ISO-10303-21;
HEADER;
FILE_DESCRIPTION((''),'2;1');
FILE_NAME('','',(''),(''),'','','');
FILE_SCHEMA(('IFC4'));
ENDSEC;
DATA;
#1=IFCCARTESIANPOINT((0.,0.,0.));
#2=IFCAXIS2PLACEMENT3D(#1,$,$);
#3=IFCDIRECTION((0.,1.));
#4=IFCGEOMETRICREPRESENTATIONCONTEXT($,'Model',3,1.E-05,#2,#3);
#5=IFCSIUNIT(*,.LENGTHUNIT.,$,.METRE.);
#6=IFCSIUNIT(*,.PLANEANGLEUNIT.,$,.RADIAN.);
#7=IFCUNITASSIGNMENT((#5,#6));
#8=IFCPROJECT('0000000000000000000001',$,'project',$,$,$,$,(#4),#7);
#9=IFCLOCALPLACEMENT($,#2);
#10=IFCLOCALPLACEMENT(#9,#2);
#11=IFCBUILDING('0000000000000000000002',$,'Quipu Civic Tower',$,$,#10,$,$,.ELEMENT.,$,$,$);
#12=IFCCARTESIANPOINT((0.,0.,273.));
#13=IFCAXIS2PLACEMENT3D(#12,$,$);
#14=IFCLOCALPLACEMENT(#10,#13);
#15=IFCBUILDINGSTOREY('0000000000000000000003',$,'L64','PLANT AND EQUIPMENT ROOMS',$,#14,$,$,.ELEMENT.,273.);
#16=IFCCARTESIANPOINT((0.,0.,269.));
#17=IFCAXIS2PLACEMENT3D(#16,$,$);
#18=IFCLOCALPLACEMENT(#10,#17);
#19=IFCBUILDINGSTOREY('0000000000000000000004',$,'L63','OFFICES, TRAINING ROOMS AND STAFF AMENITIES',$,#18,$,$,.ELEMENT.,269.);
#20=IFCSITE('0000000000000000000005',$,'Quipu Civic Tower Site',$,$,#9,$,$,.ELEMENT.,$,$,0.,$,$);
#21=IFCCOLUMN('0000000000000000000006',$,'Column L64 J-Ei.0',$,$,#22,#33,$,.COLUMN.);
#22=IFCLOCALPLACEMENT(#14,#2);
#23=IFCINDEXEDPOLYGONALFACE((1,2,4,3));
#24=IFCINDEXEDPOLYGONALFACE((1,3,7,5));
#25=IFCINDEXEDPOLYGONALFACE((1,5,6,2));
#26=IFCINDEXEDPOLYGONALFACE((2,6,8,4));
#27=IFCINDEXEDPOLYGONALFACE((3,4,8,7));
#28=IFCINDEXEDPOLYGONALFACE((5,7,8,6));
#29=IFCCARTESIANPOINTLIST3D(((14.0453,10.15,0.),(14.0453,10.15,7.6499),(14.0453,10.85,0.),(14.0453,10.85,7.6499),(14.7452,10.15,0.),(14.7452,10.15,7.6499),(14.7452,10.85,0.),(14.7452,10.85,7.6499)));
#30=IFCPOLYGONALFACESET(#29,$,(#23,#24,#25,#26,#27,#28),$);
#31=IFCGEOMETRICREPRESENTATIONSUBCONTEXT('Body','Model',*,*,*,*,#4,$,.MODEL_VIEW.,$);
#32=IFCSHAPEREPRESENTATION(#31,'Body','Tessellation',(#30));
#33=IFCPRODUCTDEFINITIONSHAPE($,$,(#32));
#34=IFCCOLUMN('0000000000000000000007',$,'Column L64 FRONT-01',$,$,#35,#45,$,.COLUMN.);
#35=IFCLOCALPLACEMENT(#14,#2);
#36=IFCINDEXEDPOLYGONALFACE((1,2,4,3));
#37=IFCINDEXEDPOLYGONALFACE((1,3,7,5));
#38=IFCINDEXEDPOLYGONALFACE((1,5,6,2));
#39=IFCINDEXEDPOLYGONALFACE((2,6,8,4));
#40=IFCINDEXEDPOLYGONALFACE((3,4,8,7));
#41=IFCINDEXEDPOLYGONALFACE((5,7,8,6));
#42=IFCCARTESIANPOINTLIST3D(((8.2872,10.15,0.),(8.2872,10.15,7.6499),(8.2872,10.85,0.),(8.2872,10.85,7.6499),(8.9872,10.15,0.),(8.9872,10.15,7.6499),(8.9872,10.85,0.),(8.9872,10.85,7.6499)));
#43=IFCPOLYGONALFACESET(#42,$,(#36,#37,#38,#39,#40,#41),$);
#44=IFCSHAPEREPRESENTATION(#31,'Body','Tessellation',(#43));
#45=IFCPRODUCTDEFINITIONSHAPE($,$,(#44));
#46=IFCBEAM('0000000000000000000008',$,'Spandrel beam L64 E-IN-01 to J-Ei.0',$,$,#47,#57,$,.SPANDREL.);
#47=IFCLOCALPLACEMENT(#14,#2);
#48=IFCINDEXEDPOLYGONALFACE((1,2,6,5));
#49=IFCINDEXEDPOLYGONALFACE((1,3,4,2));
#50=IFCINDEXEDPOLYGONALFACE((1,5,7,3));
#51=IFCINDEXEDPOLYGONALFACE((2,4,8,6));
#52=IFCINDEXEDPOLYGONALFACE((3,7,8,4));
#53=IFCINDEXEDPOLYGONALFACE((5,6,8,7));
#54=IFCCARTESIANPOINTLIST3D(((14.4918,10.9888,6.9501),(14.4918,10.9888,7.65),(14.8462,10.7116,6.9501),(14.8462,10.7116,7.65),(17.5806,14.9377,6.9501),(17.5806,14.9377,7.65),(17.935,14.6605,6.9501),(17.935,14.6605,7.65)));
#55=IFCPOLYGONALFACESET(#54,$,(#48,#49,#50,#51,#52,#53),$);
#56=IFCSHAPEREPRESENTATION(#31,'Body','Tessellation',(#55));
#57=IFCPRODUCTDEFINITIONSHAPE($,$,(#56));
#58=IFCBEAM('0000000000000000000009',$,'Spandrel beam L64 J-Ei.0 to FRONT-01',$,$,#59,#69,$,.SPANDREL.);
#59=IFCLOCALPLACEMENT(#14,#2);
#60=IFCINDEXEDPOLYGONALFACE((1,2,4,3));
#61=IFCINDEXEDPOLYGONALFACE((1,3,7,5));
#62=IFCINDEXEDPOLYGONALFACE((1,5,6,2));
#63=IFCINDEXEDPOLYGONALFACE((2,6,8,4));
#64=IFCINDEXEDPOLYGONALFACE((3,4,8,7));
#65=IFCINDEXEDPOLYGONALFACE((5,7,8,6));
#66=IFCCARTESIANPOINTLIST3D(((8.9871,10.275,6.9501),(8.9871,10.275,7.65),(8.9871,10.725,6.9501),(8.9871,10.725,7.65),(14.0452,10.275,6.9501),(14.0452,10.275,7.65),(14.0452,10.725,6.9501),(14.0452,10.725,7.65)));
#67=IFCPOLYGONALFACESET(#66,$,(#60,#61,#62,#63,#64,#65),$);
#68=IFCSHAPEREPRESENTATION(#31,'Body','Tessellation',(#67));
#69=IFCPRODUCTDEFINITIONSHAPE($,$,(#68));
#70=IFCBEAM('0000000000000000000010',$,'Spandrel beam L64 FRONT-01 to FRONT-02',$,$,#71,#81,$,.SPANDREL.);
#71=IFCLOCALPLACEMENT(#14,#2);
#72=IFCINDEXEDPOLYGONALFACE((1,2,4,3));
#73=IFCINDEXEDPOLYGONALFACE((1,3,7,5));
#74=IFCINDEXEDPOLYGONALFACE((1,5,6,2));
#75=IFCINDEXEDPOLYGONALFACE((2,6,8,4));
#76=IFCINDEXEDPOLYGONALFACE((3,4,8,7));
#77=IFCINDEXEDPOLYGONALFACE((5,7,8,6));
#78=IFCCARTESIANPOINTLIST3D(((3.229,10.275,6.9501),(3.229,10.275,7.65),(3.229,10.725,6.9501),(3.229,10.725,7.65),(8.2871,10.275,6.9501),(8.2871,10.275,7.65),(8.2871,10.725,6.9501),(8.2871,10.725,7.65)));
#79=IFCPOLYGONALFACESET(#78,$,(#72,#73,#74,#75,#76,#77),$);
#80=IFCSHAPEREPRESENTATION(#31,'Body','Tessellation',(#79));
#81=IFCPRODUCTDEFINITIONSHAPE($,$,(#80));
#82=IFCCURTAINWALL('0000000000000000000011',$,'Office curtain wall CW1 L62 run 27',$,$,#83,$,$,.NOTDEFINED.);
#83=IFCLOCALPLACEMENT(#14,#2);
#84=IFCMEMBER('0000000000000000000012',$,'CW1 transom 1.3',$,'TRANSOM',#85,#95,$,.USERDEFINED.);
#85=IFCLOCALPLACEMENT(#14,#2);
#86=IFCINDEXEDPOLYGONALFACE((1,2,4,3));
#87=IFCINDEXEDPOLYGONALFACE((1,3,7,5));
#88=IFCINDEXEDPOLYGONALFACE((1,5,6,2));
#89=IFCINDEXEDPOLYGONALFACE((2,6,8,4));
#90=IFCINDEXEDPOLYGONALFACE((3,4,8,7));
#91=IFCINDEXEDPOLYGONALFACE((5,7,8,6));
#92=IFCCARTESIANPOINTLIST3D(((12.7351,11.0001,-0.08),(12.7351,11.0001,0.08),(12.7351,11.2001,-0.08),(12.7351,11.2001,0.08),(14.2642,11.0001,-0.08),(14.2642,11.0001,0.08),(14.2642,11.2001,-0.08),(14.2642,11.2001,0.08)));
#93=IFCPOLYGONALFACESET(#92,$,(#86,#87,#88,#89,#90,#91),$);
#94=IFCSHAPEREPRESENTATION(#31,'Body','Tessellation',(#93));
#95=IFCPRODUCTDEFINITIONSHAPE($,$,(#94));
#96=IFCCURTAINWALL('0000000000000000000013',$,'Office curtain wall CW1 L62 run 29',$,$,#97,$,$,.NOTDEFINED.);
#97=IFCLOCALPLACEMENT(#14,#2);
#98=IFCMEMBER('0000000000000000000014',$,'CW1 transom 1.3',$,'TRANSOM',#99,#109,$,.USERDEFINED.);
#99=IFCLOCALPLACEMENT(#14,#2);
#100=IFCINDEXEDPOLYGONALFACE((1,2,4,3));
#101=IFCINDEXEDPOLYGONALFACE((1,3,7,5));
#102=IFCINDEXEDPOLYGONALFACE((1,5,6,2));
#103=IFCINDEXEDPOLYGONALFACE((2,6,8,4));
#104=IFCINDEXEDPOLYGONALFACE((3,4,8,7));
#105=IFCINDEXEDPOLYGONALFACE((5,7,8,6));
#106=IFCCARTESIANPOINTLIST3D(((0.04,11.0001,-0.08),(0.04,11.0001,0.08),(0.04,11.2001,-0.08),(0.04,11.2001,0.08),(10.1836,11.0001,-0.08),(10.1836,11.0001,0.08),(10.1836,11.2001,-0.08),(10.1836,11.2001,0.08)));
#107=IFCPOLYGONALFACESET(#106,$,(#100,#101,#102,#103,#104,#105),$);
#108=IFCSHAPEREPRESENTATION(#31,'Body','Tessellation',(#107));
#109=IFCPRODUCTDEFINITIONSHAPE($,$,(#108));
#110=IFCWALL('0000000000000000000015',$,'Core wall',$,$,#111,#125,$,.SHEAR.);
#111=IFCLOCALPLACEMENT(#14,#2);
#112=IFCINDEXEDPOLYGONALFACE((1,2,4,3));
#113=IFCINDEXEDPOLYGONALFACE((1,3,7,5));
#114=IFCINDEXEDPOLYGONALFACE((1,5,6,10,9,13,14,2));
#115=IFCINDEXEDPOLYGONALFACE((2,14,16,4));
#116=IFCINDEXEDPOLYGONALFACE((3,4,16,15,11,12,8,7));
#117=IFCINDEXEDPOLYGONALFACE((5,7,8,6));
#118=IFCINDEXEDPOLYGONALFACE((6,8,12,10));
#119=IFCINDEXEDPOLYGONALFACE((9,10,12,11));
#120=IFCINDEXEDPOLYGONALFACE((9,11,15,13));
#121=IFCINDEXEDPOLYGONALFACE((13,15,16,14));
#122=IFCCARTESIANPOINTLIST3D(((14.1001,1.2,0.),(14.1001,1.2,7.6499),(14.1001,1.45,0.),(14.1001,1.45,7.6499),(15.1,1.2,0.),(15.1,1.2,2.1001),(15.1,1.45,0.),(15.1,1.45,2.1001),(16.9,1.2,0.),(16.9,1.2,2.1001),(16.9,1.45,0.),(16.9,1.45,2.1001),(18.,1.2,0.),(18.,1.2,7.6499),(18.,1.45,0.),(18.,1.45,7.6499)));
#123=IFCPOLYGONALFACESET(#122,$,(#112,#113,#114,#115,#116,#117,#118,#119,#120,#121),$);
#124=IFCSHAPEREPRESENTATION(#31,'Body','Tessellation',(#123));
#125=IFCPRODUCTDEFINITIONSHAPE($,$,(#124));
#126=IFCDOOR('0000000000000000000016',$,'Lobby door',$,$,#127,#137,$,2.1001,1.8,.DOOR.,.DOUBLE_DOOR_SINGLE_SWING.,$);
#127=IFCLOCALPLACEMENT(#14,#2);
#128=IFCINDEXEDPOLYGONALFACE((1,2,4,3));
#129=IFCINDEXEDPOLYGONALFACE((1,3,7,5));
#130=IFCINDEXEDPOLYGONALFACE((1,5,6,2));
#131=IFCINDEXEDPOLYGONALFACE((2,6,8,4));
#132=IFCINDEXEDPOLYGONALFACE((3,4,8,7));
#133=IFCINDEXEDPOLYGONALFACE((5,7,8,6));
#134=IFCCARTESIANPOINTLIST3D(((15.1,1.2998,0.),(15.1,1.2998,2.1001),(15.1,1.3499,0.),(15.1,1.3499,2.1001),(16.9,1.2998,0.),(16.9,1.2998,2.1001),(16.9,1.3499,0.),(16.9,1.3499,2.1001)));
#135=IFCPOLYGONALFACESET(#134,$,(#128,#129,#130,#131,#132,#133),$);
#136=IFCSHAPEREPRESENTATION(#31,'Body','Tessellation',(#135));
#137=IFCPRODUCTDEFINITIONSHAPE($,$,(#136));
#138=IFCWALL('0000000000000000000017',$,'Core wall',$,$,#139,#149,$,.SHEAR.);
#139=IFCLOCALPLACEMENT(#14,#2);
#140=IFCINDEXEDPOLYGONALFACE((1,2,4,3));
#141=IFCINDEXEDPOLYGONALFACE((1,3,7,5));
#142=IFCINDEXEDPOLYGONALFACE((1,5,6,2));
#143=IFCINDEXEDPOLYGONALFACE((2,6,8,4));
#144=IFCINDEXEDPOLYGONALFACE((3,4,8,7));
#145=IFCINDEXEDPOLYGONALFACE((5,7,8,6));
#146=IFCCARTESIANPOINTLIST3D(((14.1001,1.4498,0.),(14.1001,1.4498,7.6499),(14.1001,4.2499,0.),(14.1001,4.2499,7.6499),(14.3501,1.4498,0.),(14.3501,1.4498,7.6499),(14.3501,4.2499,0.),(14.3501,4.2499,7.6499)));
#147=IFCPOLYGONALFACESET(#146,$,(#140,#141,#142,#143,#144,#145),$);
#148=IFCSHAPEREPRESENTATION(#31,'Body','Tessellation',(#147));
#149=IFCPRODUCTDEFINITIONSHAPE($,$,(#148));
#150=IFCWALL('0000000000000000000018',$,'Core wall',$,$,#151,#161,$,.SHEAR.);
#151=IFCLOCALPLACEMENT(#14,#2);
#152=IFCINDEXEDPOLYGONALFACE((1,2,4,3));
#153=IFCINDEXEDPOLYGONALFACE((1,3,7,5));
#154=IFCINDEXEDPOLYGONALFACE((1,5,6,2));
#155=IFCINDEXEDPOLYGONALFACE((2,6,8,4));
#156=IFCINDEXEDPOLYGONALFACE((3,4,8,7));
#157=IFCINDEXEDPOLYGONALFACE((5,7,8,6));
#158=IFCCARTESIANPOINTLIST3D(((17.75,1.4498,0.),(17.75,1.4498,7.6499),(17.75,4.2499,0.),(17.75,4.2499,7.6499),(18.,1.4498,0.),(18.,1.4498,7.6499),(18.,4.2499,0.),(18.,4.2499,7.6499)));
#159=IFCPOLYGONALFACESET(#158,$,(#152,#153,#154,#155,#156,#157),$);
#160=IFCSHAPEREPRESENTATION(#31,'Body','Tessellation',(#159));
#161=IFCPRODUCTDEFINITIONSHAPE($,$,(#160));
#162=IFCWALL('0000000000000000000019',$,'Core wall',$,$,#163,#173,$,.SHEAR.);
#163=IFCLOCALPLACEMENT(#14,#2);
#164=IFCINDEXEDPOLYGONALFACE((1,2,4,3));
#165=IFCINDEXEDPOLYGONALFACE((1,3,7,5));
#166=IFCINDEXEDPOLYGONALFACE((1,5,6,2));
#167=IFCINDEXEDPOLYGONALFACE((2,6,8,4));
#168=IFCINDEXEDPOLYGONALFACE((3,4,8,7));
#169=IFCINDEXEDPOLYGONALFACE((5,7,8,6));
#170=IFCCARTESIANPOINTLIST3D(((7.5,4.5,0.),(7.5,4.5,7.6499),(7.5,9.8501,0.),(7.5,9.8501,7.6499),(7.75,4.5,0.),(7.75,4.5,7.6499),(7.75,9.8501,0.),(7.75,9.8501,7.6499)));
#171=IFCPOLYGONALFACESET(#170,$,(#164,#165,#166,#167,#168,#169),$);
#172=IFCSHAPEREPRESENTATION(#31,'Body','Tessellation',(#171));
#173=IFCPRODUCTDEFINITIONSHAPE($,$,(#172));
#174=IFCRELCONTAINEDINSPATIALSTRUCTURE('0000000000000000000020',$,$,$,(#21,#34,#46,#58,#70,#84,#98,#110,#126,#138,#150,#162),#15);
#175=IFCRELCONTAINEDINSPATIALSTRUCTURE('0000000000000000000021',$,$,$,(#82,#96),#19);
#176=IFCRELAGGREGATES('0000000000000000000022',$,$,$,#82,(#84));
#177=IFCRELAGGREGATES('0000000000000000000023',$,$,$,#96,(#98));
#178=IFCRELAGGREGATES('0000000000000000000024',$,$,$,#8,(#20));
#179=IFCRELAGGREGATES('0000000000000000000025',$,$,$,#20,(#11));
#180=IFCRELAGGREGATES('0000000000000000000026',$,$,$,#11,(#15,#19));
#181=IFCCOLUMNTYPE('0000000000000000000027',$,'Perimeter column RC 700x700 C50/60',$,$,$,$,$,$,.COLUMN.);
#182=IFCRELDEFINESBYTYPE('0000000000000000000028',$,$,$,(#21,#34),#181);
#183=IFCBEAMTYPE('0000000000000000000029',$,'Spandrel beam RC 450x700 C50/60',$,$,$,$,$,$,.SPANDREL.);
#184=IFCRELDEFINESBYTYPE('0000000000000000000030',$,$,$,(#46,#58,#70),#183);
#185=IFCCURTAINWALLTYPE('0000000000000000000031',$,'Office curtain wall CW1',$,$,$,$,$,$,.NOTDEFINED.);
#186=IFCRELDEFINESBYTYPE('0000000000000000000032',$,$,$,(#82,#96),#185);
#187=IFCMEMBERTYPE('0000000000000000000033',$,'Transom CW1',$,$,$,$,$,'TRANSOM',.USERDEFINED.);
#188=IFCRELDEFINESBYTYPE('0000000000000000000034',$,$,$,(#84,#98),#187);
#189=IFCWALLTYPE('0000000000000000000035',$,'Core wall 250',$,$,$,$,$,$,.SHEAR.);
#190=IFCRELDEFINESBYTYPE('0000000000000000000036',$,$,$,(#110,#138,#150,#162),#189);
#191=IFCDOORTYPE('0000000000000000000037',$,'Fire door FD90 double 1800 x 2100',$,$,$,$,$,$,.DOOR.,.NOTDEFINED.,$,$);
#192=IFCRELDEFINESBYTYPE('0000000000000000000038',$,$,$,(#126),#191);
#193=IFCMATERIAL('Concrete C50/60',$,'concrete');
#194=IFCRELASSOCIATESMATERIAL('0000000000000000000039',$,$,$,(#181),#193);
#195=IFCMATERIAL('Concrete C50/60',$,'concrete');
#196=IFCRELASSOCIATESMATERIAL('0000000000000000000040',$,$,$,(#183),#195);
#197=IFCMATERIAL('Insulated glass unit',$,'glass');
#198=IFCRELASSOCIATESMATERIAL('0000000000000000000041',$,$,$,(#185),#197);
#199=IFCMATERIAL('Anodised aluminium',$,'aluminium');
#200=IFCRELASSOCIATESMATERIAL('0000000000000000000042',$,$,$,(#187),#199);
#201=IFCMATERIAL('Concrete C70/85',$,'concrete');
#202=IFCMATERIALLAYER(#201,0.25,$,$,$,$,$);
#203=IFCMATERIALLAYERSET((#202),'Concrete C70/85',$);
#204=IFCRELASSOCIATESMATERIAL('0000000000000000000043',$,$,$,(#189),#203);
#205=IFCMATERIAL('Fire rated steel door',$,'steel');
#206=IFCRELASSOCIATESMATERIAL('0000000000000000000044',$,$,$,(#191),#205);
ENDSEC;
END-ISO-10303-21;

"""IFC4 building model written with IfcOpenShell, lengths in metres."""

from ifc_helpers import new_model, si_unit, direction, frame, frame_2d, origin, origin_2d, place, context, subcontext, project, spatial, rectangle, extrude, material, layer, layer_set, material_profile, profile_set, type_object, element, fill, aggregate, save


model = new_model("IFC4")

# Units and contexts
model_context = context("Model", 3, precision=1e-05, world=origin(), true_north=direction((0.0, 1.0)))
body_context = subcontext(model_context, "Body", "Model", "MODEL_VIEW")
ifc_project = project(units=[si_unit("LENGTHUNIT", "METRE"), si_unit("PLANEANGLEUNIT", "RADIAN")], contexts=[model_context])

# Site, building, storey
site_placement = place(None, origin())
site = spatial("IfcSite", under=ifc_project, at=site_placement, Name="Quipu Civic Tower Site", CompositionType="ELEMENT", RefElevation=0.0)
building_placement = place(site_placement, origin())
building = spatial("IfcBuilding", under=site, at=building_placement, Name="Quipu Civic Tower", CompositionType="ELEMENT")
storey_1_placement = place(building_placement, frame((0.0, 0.0, 273.0)))
storey_1 = spatial("IfcBuildingStorey", under=building, at=storey_1_placement, Name="L64", Description="PLANT AND EQUIPMENT ROOMS", CompositionType="ELEMENT", Elevation=273.0)

# Columns
ifc_material_1 = material(Name="Concrete C50/60", Category="concrete")
ifc_material_profile_1 = material_profile(ifc_material_1, rectangle(XDim=0.7, YDim=0.7, at=origin_2d()), Name="RC700x700")
ifc_profile_set_1 = profile_set([ifc_material_profile_1], Name="Concrete C50/60")
column_type = type_object("IfcColumnType", Name="Perimeter column RC 700x700 C50/60", PredefinedType="COLUMN", material=ifc_profile_set_1)
for number, where, z_axis, x_axis, name in (
    (1, (14.3953, 10.5, 0.0), (0.0, 0.0, 1.0), (-1.0, 0.0, 0.0), "Column L64 J-Ei.0"),
    (2, (8.6372, 10.5, 0.0), (0.0, 0.0, 1.0), (-1.0, 0.0, 0.0), "Column L64 FRONT-01"),
):
    element("IfcColumn", number, at=place(storey_1_placement, frame(where, z_axis=z_axis, x_axis=x_axis)), inside=storey_1, type_object=column_type, Name=name, PredefinedType="COLUMN", context=body_context, shape_type="SweptSolid", body=[
        extrude(rectangle(XDim=0.7, YDim=0.7, at=origin_2d()), origin(), (0.0, 0.0, 1.0), 7.6499),
    ])

# Beams
ifc_material_2 = material(Name="Concrete C50/60", Category="concrete")
ifc_material_profile_2 = material_profile(ifc_material_2, rectangle(XDim=0.45, YDim=0.7, at=origin_2d()), Name="RC450x700")
ifc_profile_set_2 = profile_set([ifc_material_profile_2], Name="Concrete C50/60")
beam_type = type_object("IfcBeamType", Name="Spandrel beam RC 450x700 C50/60", PredefinedType="SPANDREL", material=ifc_profile_set_2)
beam_placement = place(storey_1_placement, frame((17.7578, 14.7991, 7.3), z_axis=(-0.616106, -0.787663, 0.0), x_axis=(0.787663, -0.616106, 0.0)))
element("IfcBeam", 3, at=beam_placement, inside=storey_1, type_object=beam_type, Name="Spandrel beam L64 E-IN-01 to J-Ei.0", PredefinedType="SPANDREL", context=body_context, shape_type="SweptSolid", body=[
    extrude(rectangle(XDim=0.45, YDim=0.7, at=origin_2d()), origin(), (0.0, 0.0, 1.0), 5.0134),
])
for number, where, z_axis, x_axis, name in (
    (4, (14.0452, 10.5, 7.3), (-1.0, 0.0, 0.0), (0.0, -1.0, 0.0), "Spandrel beam L64 J-Ei.0 to FRONT-01"),
    (5, (8.2871, 10.5, 7.3), (-1.0, 0.0, 0.0), (0.0, -1.0, 0.0), "Spandrel beam L64 FRONT-01 to FRONT-02"),
):
    element("IfcBeam", number, at=place(storey_1_placement, frame(where, z_axis=z_axis, x_axis=x_axis)), inside=storey_1, type_object=beam_type, Name=name, PredefinedType="SPANDREL", context=body_context, shape_type="SweptSolid", body=[
        extrude(rectangle(XDim=0.45, YDim=0.7, at=origin_2d()), origin(), (0.0, 0.0, 1.0), 5.0581),
    ])

# Shared definitions
storey_2_placement = place(building_placement, frame((0.0, 0.0, 269.0)))
storey_2 = spatial("IfcBuildingStorey", under=building, at=storey_2_placement, Name="L63", Description="OFFICES, TRAINING ROOMS AND STAFF AMENITIES", CompositionType="ELEMENT", Elevation=269.0)

# Curtain walls, members
ifc_material_3 = material(Name="Insulated glass unit", Category="glass")
curtain_wall_type = type_object("IfcCurtainWallType", Name="Office curtain wall CW1", PredefinedType="NOTDEFINED", material=ifc_material_3)
curtain_wall_1_placement = place(storey_2_placement, origin())
curtain_wall_1 = element("IfcCurtainWall", 6, at=curtain_wall_1_placement, inside=storey_2, type_object=curtain_wall_type, Name="Office curtain wall CW1 L62 run 27", PredefinedType="NOTDEFINED")
ifc_material_4 = material(Name="Anodised aluminium", Category="aluminium")
ifc_material_profile_3 = material_profile(ifc_material_4, rectangle(XDim=0.2, YDim=0.1599, at=origin_2d()), Name="RECT 200x160")
ifc_profile_set_3 = profile_set([ifc_material_profile_3], Name="Anodised aluminium")
member_type = type_object("IfcMemberType", Name="Transom CW1", ElementType="TRANSOM", PredefinedType="USERDEFINED", material=ifc_profile_set_3)
member_1_placement = place(storey_1_placement, frame((14.2642, 11.1001, 0.0), z_axis=(-1.0, 0.0, 0.0), x_axis=(0.0, -1.0, 0.0)))
member_1 = element("IfcMember", 7, at=member_1_placement, inside=storey_1, type_object=member_type, Name="CW1 transom 1.3", ObjectType="TRANSOM", PredefinedType="USERDEFINED", context=body_context, shape_type="SweptSolid", body=[
    extrude(rectangle(XDim=0.2, YDim=0.1599, at=origin_2d()), origin(), (0.0, 0.0, 1.0), 1.5291),
])
aggregate(curtain_wall_1, [member_1])
curtain_wall_2_placement = place(storey_2_placement, origin())
curtain_wall_2 = element("IfcCurtainWall", 8, at=curtain_wall_2_placement, inside=storey_2, type_object=curtain_wall_type, Name="Office curtain wall CW1 L62 run 29", PredefinedType="NOTDEFINED")
member_2_placement = place(storey_1_placement, frame((10.1836, 11.1001, 0.0), z_axis=(-1.0, 0.0, 0.0), x_axis=(0.0, -1.0, 0.0)))
member_2 = element("IfcMember", 9, at=member_2_placement, inside=storey_1, type_object=member_type, Name="CW1 transom 1.3", ObjectType="TRANSOM", PredefinedType="USERDEFINED", context=body_context, shape_type="SweptSolid", body=[
    extrude(rectangle(XDim=0.2, YDim=0.1599, at=origin_2d()), origin(), (0.0, 0.0, 1.0), 10.1436),
])
aggregate(curtain_wall_2, [member_2])

# Wall, opening, door
ifc_material_5 = material(Name="Concrete C70/85", Category="concrete")
ifc_layer_1 = layer(ifc_material_5, 0.25)
ifc_layer_set_1 = layer_set([ifc_layer_1], Name="Concrete C70/85")
wall_type_1 = type_object("IfcWallType", Name="Core wall 250", PredefinedType="SHEAR", material=ifc_layer_set_1)
wall_1_placement = place(storey_1_placement, frame((14.1001, 1.325, 0.0), z_axis=(0.0, 0.0, 1.0), x_axis=(1.0, 0.0, 0.0)))
wall_1 = element("IfcWall", 10, at=wall_1_placement, inside=storey_1, type_object=wall_type_1, Name="Core wall", PredefinedType="SHEAR", context=body_context, shape_type="SweptSolid", body=[
    extrude(rectangle(XDim=3.8999, YDim=0.25, at=frame_2d((1.95, 0.0))), origin(), (0.0, 0.0, 1.0), 7.6499),
])
opening_1_placement = place(wall_1_placement, frame((1.0, 0.0, 0.0)))
opening_1 = element("IfcOpeningElement", 11, at=opening_1_placement, cuts=wall_1, PredefinedType="OPENING", context=body_context, shape_type="SweptSolid", body=[
    extrude(rectangle(XDim=1.8, YDim=2.1001, at=frame_2d((0.8999, 1.05))), frame((0.0, 0.135, 0.0), z_axis=(0.0, -1.0, 0.0), x_axis=(1.0, 0.0, 0.0)), (0.0, 0.0, 1.0), 0.27),
])
ifc_material_6 = material(Name="Fire rated steel door", Category="steel")
door_type = type_object("IfcDoorType", Name="Fire door FD90 double 1800 x 2100", OperationType="NOTDEFINED", PredefinedType="DOOR", material=ifc_material_6)
door_placement = place(opening_1_placement, origin())
door = element("IfcDoor", 12, at=door_placement, inside=storey_1, type_object=door_type, Name="Lobby door", OperationType="DOUBLE_DOOR_SINGLE_SWING", OverallHeight=2.1001, OverallWidth=1.8, PredefinedType="DOOR", context=body_context, shape_type="SweptSolid", body=[
    extrude(rectangle(XDim=1.8, YDim=2.1001, at=frame_2d((0.8999, 1.05))), frame((0.0, 0.0249, 0.0), z_axis=(0.0, -1.0, 0.0), x_axis=(1.0, 0.0, 0.0)), (0.0, 0.0, 1.0), 0.05),
])
fill(opening_1, door)

# Walls
for number, where, z_axis, x_axis, name in (
    (13, (14.2251, 1.45, 0.0), (0.0, 0.0, 1.0), (0.0, 1.0, 0.0), "Core wall"),
    (14, (17.875, 1.45, 0.0), (0.0, 0.0, 1.0), (0.0, 1.0, 0.0), "Core wall"),
):
    element("IfcWall", number, at=place(storey_1_placement, frame(where, z_axis=z_axis, x_axis=x_axis)), inside=storey_1, type_object=wall_type_1, Name=name, PredefinedType="SHEAR", context=body_context, shape_type="SweptSolid", body=[
        extrude(rectangle(XDim=2.8, YDim=0.25, at=frame_2d((1.3999, 0.0))), origin(), (0.0, 0.0, 1.0), 7.6499),
    ])
wall_2_placement = place(storey_1_placement, frame((7.625, 4.5, 0.0), z_axis=(0.0, 0.0, 1.0), x_axis=(0.0, 1.0, 0.0)))
element("IfcWall", 15, at=wall_2_placement, inside=storey_1, type_object=wall_type_1, Name="Core wall", PredefinedType="SHEAR", context=body_context, shape_type="SweptSolid", body=[
    extrude(rectangle(XDim=5.3501, YDim=0.25, at=frame_2d((2.675, 0.0))), origin(), (0.0, 0.0, 1.0), 7.6499),
])

save(model, "model.ifc")
